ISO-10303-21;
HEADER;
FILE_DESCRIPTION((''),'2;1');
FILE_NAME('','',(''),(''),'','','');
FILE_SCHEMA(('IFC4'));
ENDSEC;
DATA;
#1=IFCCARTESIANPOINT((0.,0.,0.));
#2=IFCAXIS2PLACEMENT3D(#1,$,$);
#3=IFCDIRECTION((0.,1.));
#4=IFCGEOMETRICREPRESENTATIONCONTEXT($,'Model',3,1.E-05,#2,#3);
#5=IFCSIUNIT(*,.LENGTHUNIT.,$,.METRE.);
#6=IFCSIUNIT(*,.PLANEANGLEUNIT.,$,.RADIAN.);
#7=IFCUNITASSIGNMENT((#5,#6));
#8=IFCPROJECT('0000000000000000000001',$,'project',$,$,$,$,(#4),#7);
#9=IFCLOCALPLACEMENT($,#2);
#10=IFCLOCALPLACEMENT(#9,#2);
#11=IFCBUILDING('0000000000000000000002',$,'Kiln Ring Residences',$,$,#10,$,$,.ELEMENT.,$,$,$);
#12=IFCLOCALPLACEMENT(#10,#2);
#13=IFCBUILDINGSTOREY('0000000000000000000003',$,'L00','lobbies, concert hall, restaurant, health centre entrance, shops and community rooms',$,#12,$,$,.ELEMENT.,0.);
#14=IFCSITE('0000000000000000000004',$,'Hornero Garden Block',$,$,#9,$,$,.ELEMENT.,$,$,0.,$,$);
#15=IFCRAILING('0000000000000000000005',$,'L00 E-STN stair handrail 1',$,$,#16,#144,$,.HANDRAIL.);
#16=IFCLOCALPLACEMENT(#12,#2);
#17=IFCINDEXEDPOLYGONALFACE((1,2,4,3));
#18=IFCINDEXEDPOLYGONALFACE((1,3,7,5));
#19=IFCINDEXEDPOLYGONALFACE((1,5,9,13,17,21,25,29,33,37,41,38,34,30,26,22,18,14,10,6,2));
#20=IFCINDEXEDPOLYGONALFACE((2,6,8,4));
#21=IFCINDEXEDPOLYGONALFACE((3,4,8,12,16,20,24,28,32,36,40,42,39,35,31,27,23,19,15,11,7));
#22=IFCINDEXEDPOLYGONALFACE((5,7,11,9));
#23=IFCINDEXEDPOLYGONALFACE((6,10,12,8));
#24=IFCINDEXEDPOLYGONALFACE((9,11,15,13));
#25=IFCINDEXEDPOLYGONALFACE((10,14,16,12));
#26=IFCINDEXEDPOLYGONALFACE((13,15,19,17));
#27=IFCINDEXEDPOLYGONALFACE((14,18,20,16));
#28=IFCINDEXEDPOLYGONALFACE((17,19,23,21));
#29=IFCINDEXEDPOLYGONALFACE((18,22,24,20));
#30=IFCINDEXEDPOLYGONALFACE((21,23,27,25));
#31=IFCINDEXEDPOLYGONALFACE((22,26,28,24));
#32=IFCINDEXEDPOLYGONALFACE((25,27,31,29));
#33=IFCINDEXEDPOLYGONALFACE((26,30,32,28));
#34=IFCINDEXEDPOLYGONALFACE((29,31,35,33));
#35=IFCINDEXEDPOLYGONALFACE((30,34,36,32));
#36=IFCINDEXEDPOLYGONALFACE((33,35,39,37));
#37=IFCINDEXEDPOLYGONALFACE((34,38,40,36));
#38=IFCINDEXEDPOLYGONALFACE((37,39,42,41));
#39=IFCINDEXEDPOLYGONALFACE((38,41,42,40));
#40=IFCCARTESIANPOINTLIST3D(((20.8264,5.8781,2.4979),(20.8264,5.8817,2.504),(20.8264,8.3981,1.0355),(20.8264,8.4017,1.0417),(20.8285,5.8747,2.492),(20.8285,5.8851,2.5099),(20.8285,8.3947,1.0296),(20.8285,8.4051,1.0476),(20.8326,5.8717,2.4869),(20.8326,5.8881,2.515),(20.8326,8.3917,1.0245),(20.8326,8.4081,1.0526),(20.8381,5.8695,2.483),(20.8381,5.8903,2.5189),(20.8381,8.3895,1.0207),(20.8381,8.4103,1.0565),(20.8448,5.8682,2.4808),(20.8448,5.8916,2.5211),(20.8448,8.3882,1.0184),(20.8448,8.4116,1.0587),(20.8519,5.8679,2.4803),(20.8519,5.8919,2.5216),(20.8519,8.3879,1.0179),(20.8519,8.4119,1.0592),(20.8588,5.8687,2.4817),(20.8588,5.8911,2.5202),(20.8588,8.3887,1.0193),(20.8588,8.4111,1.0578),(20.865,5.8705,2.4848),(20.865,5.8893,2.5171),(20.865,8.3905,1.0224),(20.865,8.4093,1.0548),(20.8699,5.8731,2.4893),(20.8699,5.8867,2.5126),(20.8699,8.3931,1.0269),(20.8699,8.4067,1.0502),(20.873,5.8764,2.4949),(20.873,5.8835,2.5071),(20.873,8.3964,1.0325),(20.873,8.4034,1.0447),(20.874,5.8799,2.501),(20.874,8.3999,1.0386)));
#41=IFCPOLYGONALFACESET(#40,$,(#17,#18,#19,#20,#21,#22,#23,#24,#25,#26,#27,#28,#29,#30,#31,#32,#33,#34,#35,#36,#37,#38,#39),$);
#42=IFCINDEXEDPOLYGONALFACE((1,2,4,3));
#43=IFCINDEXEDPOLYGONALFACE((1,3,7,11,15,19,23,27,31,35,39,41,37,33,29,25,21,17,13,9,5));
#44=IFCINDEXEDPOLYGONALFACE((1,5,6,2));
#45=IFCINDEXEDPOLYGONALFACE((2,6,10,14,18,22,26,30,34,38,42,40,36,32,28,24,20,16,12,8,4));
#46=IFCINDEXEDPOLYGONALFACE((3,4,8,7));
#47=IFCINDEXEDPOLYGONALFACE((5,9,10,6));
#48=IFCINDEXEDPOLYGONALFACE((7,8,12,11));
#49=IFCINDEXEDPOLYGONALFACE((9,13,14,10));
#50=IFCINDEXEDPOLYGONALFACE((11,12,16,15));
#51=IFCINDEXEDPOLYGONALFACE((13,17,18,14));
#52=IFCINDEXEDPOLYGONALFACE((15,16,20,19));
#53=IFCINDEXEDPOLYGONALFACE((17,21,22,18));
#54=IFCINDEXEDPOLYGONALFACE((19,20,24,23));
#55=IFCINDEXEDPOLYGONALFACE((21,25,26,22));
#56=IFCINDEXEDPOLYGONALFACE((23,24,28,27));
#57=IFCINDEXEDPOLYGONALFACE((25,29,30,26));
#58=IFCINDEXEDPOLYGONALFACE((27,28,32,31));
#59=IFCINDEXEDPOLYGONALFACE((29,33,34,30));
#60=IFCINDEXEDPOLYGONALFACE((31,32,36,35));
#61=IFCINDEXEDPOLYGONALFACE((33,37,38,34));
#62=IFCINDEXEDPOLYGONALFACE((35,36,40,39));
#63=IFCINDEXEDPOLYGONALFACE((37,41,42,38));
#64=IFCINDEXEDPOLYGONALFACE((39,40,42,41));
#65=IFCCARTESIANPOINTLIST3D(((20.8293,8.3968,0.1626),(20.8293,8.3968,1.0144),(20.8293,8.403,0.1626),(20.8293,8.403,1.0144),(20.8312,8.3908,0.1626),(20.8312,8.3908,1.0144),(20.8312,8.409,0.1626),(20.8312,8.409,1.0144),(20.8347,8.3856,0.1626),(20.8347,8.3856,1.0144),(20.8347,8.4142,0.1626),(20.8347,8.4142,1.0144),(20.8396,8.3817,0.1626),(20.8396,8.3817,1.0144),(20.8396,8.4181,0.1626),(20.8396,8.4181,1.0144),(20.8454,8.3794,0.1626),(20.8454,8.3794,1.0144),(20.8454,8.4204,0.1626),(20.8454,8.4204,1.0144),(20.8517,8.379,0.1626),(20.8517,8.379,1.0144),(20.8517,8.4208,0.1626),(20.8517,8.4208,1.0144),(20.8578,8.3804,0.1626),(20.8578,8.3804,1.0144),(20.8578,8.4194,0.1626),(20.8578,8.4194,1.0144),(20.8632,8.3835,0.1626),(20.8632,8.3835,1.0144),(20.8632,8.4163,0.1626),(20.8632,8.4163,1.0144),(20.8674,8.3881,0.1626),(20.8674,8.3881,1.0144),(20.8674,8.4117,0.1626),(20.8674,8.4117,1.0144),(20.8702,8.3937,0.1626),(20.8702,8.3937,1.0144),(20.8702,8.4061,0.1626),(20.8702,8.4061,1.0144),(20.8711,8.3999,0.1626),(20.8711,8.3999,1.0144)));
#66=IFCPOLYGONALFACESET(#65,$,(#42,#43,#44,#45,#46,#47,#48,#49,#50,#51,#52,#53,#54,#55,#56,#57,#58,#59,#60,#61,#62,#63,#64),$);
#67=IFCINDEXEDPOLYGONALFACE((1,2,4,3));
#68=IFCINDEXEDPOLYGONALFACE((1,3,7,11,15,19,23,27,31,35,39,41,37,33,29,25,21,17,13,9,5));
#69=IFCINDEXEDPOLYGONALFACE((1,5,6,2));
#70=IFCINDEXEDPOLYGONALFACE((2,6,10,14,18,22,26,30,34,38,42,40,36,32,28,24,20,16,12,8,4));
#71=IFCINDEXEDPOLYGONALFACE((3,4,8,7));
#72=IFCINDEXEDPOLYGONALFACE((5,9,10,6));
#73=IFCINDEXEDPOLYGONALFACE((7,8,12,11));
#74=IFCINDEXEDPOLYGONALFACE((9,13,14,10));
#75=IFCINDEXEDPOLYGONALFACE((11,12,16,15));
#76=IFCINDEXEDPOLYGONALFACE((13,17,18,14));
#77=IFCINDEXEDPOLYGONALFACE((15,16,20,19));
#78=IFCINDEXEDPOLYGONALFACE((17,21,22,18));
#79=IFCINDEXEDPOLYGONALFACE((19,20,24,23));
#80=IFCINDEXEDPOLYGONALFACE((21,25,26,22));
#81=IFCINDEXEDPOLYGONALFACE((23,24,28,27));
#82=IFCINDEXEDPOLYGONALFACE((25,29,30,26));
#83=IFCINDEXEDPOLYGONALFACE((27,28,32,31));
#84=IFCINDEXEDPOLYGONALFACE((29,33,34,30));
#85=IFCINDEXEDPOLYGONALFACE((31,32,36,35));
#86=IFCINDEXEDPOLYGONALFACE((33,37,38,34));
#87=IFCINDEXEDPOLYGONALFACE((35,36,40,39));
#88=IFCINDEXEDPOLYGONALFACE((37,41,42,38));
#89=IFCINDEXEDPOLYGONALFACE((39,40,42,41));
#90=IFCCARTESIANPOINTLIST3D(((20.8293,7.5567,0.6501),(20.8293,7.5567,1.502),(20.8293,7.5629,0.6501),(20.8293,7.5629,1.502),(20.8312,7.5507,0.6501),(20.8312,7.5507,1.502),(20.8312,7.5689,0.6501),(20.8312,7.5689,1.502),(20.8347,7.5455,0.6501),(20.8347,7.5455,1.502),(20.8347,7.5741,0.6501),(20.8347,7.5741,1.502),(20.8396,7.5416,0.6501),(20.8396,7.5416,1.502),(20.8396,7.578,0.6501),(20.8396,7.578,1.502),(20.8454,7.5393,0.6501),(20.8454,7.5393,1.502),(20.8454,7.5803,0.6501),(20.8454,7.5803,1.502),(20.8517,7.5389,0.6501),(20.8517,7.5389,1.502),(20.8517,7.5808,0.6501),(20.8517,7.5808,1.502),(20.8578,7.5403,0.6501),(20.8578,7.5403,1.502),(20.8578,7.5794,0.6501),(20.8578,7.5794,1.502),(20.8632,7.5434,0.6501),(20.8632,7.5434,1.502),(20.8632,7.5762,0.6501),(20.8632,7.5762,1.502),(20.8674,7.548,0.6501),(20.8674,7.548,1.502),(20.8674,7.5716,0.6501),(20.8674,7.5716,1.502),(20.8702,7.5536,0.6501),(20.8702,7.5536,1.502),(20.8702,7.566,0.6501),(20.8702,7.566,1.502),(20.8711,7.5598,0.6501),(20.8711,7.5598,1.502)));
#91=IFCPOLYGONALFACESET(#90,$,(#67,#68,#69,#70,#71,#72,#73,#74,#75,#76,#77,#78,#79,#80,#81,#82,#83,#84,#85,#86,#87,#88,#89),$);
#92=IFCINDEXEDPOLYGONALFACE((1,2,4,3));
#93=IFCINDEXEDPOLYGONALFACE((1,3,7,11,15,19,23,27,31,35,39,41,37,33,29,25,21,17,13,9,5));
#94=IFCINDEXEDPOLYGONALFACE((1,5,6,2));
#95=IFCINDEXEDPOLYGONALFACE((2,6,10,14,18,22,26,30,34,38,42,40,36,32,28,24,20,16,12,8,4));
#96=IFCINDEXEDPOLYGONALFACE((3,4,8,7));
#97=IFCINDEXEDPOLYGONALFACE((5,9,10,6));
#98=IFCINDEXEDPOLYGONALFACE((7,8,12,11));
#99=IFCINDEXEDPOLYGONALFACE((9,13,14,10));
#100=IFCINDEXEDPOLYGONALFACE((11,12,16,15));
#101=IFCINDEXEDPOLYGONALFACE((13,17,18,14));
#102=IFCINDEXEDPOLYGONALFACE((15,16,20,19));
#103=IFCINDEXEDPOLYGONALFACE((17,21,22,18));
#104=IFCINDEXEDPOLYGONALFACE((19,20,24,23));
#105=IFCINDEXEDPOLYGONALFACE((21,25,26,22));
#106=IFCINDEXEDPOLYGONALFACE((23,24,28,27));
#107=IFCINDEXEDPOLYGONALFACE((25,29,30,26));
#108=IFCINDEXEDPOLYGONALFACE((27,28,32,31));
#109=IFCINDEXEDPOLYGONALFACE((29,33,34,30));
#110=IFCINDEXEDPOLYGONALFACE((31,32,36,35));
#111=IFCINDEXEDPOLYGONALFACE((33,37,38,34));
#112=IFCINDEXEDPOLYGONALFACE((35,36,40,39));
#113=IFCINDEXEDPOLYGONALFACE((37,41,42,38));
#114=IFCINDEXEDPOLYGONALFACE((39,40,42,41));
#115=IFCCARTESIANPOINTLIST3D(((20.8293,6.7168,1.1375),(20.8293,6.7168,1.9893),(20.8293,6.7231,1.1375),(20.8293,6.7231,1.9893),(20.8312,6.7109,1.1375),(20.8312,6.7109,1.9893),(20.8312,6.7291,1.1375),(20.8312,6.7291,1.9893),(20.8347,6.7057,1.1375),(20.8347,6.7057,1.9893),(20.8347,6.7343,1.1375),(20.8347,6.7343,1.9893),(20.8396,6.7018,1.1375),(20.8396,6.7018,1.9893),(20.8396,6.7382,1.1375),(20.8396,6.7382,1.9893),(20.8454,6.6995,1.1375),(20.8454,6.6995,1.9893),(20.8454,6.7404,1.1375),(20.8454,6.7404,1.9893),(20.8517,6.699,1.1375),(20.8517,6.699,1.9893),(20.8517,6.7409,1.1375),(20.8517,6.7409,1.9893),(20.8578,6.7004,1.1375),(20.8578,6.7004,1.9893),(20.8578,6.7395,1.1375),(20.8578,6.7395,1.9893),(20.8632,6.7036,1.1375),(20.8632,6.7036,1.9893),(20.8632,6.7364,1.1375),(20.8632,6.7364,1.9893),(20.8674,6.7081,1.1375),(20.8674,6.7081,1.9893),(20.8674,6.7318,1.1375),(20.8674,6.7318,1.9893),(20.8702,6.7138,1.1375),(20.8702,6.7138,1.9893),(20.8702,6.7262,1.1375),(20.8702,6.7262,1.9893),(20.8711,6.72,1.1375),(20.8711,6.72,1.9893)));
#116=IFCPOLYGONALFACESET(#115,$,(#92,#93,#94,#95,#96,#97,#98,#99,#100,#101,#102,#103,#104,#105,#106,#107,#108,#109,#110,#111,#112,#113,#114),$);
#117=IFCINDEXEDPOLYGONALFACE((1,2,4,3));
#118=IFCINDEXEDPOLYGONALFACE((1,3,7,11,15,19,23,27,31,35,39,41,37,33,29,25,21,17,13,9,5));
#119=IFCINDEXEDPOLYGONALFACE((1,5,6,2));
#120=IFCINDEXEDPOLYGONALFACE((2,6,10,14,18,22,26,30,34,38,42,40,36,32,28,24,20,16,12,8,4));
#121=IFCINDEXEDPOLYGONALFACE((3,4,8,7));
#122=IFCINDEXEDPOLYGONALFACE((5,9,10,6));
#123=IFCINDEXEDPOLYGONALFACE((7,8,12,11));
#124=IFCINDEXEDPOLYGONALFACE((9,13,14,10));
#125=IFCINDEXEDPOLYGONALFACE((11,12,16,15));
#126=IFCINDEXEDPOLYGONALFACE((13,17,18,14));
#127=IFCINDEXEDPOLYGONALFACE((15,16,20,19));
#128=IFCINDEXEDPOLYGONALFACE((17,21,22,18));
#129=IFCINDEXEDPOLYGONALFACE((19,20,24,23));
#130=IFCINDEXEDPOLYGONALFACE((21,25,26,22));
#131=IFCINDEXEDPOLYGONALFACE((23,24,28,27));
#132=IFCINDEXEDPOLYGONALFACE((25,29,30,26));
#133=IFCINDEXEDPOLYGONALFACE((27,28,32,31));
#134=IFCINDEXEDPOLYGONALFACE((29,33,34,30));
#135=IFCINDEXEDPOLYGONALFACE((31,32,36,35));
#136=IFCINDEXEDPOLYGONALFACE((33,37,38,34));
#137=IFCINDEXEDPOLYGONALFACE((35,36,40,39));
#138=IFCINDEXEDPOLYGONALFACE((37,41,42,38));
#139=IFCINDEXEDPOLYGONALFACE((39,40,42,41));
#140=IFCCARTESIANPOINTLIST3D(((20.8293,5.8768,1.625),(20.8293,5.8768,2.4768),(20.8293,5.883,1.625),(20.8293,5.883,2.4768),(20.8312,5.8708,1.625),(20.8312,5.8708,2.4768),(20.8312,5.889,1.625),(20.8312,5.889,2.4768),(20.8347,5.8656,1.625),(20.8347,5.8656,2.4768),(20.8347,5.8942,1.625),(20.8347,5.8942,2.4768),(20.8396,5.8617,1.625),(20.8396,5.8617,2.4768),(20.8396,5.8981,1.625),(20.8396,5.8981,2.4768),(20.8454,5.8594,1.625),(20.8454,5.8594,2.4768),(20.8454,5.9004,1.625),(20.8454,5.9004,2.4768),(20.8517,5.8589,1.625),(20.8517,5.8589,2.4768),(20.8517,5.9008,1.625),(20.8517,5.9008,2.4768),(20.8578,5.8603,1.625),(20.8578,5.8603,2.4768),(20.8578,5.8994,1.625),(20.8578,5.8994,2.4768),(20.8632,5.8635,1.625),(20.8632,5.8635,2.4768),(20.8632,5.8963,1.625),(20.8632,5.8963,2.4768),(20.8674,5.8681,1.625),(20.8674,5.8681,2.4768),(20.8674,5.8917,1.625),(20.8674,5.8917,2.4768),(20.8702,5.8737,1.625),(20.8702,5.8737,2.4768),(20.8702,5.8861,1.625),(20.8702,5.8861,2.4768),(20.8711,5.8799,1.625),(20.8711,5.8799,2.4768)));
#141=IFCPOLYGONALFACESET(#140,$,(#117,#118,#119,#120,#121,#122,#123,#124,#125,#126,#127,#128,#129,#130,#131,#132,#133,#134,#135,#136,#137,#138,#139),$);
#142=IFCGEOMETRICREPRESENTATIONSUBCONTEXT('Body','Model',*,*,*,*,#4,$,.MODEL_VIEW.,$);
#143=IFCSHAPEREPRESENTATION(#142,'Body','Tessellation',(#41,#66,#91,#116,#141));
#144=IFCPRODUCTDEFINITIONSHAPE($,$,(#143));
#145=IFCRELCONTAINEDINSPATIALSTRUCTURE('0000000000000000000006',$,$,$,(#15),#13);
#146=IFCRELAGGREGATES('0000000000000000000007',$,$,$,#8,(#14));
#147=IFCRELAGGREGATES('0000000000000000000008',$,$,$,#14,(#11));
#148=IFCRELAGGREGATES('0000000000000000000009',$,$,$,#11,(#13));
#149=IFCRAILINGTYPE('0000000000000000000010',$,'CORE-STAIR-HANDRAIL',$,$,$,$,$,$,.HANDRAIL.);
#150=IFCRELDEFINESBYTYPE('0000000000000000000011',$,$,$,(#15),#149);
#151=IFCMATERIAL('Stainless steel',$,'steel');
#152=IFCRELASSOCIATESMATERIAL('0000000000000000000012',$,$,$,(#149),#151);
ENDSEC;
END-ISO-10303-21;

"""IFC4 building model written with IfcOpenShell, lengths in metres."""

from ifc_helpers import new_model, si_unit, direction, frame, origin, origin_2d, place, context, subcontext, project, spatial, circle, extrude, material, type_object, element, save


model = new_model("IFC4")

# Units and contexts
model_context = context("Model", 3, precision=1e-05, world=origin(), true_north=direction((0.0, 1.0)))
body_context = subcontext(model_context, "Body", "Model", "MODEL_VIEW")
ifc_project = project(units=[si_unit("LENGTHUNIT", "METRE"), si_unit("PLANEANGLEUNIT", "RADIAN")], contexts=[model_context])

# Site, building, storey
site_placement = place(None, origin())
site = spatial("IfcSite", under=ifc_project, at=site_placement, Name="Hornero Garden Block", CompositionType="ELEMENT", RefElevation=0.0)
building_placement = place(site_placement, origin())
building = spatial("IfcBuilding", under=site, at=building_placement, Name="Kiln Ring Residences", CompositionType="ELEMENT")
storey_placement = place(building_placement, origin())
storey = spatial("IfcBuildingStorey", under=building, at=storey_placement, Name="L00", Description="lobbies, concert hall, restaurant, health centre entrance, shops and community rooms", CompositionType="ELEMENT", Elevation=0.0)

# Railing
ifc_material_1 = material(Name="Stainless steel", Category="steel")
railing_type_1 = type_object("IfcRailingType", Name="CORE-STAIR-HANDRAIL", PredefinedType="HANDRAIL", material=ifc_material_1)
railing_1_placement = place(storey_placement, frame((20.8501, 8.3999, 0.1626)))
element("IfcRailing", 1, at=railing_1_placement, inside=storey, type_object=railing_type_1, Name="L00 E-STN stair handrail 1", PredefinedType="HANDRAIL", context=body_context, shape_type="SweptSolid", body=[
    extrude(circle(Radius=0.0239, at=origin_2d()), frame((0.0, 0.0, 0.876), z_axis=(0.0, -0.864913, 0.501921), x_axis=(1.0, 0.0, 0.0)), (0.0, 0.0, 1.0), 2.9136),
    extrude(circle(Radius=0.021, at=origin_2d()), origin(), (0.0, 0.0, 1.0), 0.8518),
    extrude(circle(Radius=0.021, at=origin_2d()), frame((0.0, -0.8401, 0.4875)), (0.0, 0.0, 1.0), 0.8518),
    extrude(circle(Radius=0.021, at=origin_2d()), frame((0.0, -1.6799, 0.9749)), (0.0, 0.0, 1.0), 0.8518),
    extrude(circle(Radius=0.021, at=origin_2d()), frame((0.0, -2.52, 1.4624)), (0.0, 0.0, 1.0), 0.8518),
])

save(model, "model.ifc")
